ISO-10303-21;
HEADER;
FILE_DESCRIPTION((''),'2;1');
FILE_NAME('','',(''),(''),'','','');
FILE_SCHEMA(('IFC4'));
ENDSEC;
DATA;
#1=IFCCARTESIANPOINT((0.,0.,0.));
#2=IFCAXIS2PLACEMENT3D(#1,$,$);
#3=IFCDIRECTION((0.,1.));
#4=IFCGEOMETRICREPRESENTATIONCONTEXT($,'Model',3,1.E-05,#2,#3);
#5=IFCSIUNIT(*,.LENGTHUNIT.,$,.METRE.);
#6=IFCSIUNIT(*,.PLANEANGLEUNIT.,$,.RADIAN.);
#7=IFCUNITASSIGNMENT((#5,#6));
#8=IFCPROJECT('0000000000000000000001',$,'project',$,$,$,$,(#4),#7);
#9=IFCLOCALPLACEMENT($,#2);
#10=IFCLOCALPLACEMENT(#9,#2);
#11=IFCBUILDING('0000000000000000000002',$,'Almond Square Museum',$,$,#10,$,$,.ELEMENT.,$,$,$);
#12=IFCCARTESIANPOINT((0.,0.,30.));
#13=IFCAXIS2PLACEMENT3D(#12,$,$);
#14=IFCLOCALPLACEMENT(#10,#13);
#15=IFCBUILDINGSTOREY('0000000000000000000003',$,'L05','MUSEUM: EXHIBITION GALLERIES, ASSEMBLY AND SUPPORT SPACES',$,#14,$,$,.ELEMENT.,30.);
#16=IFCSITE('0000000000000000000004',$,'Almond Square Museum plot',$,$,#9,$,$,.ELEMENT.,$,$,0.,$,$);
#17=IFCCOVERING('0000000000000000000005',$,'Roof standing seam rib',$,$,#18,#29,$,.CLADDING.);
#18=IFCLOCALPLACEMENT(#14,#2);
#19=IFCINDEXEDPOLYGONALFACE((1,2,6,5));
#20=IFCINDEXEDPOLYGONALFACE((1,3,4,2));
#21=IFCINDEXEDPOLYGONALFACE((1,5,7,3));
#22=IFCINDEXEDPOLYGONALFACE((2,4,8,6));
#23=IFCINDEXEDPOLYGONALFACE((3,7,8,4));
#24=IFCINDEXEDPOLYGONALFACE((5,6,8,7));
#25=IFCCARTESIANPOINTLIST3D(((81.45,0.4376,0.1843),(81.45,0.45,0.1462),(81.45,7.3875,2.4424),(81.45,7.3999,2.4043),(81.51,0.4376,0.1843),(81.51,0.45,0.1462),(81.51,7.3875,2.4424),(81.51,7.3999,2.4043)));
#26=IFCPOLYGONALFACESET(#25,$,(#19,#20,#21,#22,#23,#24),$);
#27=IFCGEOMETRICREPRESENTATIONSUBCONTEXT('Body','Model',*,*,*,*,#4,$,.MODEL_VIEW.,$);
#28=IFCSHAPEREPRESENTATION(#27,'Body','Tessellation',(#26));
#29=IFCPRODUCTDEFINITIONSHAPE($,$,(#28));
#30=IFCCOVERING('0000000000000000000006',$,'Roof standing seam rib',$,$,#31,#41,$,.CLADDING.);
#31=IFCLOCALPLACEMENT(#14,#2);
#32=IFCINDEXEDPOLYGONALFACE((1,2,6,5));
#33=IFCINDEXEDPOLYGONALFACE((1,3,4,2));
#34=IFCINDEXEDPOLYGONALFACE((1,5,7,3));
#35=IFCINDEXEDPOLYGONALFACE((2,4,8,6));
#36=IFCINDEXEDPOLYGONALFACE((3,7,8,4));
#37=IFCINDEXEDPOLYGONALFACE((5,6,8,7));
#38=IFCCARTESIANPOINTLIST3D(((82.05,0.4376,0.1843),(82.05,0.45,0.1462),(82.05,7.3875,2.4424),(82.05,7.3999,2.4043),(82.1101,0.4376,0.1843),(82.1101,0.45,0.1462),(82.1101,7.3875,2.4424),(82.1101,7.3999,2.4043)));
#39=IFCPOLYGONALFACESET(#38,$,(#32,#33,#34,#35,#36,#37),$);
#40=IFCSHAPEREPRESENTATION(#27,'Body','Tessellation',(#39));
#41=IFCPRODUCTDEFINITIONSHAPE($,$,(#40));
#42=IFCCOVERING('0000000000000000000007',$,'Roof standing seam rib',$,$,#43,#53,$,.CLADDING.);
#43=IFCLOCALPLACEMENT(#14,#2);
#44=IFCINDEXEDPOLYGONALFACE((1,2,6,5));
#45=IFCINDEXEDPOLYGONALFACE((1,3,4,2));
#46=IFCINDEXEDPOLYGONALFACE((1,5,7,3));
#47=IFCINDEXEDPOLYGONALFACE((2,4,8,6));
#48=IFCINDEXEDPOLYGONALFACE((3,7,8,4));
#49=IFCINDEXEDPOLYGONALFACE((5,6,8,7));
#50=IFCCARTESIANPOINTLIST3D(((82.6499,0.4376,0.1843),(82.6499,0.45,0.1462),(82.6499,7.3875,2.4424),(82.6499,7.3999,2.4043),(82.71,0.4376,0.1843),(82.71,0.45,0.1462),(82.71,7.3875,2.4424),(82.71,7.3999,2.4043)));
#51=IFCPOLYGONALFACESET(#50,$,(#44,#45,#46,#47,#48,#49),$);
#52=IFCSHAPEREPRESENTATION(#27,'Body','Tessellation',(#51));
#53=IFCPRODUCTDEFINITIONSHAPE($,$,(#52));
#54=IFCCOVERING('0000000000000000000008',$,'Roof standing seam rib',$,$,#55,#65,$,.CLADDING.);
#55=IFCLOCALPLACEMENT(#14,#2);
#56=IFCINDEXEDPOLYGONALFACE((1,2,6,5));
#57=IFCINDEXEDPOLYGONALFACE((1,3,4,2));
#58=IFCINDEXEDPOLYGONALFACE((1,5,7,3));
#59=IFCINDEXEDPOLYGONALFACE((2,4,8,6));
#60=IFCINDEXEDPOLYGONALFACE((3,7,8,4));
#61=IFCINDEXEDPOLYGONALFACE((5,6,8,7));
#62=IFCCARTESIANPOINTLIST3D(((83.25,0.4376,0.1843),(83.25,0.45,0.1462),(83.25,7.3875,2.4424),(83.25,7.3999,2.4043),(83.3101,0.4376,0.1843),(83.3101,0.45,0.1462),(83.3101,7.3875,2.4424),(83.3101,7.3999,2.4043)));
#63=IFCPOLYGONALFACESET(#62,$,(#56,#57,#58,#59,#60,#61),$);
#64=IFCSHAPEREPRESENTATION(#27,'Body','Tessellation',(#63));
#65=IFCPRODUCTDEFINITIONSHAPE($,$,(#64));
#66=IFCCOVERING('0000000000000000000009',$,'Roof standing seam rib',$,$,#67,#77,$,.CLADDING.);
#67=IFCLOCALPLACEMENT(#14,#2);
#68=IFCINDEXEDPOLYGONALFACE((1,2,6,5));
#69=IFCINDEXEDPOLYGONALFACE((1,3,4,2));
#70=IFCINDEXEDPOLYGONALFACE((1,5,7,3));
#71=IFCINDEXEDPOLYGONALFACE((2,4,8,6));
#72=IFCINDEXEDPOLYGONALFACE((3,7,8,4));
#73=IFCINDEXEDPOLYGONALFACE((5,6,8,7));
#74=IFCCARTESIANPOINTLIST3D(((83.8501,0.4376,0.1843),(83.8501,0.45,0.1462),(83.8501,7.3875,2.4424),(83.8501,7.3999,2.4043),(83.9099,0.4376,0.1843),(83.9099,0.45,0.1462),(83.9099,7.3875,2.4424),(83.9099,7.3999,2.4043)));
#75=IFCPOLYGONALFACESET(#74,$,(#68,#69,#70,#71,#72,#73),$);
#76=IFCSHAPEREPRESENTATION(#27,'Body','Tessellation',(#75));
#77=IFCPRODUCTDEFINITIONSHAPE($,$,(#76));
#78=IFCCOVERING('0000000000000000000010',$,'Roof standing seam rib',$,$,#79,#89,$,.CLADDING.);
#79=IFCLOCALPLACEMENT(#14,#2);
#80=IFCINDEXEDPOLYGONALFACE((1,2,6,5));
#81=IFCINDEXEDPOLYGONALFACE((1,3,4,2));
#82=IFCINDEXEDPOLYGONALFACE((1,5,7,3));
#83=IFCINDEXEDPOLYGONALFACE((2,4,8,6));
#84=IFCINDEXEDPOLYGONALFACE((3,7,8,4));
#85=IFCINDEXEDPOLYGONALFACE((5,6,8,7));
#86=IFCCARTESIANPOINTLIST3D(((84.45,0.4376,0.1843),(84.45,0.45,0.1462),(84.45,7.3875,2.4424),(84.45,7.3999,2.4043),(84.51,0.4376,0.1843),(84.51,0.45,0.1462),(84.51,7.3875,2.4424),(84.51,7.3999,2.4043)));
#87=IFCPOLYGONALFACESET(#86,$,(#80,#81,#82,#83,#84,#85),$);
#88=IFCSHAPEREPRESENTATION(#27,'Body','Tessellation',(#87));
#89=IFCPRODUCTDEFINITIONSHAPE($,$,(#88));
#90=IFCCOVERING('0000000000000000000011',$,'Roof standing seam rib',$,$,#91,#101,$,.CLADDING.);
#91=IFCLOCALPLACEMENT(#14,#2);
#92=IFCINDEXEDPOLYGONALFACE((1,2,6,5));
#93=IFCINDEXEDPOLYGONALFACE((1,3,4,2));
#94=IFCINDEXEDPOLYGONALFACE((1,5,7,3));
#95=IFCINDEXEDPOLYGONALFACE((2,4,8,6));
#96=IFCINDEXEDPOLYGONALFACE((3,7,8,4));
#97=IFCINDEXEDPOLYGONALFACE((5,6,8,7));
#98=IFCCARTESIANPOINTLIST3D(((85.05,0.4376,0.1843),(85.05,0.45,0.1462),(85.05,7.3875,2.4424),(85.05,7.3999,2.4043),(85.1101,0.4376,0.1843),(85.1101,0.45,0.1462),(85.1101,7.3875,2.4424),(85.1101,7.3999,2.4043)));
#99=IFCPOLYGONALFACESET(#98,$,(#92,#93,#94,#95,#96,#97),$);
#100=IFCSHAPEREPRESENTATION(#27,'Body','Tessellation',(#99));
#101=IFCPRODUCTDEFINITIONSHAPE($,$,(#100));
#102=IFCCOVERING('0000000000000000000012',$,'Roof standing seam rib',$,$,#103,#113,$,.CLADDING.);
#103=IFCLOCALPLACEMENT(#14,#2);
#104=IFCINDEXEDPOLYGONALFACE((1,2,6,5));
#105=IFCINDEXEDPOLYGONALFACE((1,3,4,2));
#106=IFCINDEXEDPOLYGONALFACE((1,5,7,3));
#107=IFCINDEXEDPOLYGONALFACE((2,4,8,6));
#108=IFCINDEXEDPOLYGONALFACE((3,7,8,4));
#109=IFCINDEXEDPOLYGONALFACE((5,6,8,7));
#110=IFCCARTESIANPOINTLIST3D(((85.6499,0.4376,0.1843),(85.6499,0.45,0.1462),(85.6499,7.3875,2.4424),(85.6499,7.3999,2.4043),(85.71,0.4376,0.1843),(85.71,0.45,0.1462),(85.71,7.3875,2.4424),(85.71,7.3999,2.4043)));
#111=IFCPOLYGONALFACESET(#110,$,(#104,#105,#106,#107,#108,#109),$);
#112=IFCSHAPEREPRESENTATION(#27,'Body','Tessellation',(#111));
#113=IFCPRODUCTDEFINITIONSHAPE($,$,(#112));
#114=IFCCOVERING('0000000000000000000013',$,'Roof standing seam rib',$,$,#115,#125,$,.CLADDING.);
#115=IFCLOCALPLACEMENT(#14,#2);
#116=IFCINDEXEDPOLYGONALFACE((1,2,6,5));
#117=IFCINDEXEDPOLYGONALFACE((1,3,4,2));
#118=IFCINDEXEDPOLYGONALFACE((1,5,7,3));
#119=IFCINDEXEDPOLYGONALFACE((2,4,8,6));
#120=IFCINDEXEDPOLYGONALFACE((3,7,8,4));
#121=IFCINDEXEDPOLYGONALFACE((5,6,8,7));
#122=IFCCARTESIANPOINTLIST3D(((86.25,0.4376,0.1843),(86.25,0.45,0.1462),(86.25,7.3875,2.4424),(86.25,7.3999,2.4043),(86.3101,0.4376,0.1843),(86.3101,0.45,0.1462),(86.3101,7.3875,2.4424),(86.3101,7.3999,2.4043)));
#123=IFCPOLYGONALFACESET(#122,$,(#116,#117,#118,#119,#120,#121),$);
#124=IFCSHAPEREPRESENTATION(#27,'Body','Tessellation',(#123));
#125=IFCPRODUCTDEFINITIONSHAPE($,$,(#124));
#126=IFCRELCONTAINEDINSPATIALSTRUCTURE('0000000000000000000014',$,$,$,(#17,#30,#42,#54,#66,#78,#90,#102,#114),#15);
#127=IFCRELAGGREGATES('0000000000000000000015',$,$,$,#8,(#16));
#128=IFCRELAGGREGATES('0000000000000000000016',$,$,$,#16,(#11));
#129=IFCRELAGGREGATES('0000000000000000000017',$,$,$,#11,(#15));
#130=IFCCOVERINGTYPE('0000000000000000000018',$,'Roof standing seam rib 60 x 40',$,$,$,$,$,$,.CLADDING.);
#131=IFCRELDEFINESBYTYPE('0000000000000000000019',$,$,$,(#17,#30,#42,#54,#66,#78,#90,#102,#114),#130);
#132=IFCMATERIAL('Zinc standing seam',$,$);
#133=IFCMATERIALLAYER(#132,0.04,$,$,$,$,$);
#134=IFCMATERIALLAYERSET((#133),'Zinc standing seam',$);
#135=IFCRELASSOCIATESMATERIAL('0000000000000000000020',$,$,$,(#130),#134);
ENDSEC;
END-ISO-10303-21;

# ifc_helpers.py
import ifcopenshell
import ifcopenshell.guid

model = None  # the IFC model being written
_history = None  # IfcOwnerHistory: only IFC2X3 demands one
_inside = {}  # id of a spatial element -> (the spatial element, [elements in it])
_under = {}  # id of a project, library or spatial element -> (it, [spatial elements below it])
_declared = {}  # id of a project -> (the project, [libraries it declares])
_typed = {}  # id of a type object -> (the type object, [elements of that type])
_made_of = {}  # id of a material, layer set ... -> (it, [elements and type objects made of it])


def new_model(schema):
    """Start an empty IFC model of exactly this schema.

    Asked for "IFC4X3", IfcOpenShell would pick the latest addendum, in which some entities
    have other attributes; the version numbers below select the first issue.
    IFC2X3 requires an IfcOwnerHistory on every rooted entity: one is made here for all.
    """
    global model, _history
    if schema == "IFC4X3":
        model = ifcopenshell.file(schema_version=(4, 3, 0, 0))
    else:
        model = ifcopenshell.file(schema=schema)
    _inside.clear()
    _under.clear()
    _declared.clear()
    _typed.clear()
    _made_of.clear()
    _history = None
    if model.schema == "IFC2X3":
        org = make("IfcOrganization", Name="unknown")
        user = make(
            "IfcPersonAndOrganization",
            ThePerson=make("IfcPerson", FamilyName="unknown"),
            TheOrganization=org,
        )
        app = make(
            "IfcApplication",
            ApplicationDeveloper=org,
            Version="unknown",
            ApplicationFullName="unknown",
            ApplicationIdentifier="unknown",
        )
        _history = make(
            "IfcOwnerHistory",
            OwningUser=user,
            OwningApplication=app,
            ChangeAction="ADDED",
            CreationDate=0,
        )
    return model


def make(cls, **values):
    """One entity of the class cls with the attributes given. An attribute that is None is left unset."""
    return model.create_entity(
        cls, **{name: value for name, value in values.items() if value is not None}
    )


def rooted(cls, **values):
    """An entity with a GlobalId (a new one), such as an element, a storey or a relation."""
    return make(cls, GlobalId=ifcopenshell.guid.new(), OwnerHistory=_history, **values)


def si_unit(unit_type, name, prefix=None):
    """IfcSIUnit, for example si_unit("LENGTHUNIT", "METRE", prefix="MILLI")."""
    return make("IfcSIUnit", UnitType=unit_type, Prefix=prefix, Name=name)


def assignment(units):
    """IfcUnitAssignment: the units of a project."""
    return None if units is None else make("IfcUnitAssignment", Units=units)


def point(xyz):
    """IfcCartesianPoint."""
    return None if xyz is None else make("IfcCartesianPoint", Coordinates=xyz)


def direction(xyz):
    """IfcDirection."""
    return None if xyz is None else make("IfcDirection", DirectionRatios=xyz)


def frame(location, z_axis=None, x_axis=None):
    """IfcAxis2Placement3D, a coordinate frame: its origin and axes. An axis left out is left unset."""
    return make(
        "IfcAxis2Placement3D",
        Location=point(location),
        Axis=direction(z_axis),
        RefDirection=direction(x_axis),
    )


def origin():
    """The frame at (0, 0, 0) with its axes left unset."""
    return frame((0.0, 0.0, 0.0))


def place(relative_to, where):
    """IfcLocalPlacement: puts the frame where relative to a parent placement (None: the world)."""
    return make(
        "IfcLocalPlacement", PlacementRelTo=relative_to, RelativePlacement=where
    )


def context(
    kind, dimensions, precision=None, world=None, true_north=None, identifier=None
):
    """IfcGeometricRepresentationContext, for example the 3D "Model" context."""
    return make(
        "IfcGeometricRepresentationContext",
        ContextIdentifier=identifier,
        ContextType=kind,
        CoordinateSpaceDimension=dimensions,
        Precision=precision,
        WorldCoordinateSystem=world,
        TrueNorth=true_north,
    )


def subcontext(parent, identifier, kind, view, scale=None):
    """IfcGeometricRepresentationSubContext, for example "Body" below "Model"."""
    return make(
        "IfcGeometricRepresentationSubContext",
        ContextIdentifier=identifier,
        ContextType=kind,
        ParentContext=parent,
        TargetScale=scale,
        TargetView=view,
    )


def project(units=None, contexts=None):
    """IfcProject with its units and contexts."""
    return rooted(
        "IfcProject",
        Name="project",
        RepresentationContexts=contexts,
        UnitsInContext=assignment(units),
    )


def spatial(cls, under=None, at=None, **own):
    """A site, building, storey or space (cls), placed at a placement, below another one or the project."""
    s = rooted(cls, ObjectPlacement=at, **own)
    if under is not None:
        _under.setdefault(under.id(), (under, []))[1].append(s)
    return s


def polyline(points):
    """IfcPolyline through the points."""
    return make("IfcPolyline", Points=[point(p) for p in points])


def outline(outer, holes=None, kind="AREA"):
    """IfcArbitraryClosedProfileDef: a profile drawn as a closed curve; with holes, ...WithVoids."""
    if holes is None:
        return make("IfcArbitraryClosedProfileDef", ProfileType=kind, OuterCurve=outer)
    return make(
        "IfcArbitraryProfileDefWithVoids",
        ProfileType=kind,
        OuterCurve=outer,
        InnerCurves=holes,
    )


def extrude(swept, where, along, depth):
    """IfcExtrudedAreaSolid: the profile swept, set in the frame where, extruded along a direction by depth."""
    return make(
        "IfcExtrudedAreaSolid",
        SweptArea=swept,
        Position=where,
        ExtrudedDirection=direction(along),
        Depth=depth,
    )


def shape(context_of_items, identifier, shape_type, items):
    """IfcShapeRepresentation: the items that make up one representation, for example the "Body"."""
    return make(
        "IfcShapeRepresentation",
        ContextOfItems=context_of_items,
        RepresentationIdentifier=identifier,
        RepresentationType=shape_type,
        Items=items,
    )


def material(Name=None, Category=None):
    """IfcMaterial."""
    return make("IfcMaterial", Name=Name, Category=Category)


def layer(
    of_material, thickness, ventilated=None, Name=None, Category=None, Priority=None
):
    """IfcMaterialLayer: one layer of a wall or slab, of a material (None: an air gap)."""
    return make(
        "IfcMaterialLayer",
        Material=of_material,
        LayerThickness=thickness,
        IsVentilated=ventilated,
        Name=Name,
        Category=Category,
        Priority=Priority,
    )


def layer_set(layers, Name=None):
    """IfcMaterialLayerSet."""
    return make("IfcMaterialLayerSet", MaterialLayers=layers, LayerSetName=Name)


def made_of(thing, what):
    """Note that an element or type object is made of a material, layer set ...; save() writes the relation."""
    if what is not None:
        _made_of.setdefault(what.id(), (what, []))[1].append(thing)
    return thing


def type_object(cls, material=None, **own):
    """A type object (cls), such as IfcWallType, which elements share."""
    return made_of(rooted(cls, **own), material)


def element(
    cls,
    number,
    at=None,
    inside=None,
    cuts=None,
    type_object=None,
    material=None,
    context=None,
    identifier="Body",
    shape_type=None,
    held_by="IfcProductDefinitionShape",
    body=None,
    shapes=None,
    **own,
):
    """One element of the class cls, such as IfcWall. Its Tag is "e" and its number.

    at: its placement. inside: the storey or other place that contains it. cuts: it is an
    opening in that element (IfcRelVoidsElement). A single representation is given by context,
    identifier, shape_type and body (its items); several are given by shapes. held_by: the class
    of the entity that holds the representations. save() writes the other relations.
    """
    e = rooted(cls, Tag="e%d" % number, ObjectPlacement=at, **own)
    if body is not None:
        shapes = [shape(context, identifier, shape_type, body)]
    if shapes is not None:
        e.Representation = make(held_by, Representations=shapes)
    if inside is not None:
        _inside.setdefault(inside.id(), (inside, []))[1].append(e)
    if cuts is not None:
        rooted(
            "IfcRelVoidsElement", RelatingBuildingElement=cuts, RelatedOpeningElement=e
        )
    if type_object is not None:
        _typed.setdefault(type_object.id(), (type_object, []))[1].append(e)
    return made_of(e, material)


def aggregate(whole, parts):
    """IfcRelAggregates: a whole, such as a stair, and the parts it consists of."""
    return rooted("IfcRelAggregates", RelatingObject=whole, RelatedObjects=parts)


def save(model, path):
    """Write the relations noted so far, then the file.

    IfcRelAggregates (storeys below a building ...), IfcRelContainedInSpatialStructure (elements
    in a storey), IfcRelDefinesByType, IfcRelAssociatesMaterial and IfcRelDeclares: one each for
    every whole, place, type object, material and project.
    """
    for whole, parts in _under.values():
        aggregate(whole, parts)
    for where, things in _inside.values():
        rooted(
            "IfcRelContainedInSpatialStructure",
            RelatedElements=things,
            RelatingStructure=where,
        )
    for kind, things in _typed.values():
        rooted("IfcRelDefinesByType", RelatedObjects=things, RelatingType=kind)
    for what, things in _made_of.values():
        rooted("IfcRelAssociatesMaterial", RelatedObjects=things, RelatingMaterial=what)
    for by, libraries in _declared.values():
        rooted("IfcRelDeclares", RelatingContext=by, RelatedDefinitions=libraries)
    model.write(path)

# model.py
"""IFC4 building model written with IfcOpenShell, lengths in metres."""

from ifc_helpers import new_model, si_unit, direction, frame, origin, place, context, subcontext, project, spatial, polyline, outline, extrude, material, layer, layer_set, type_object, element, save


model = new_model("IFC4")

# Units and contexts
model_context = context("Model", 3, precision=1e-05, world=origin(), true_north=direction((0.0, 1.0)))
body_context = subcontext(model_context, "Body", "Model", "MODEL_VIEW")
ifc_project = project(units=[si_unit("LENGTHUNIT", "METRE"), si_unit("PLANEANGLEUNIT", "RADIAN")], contexts=[model_context])

# Site, building, storey
site_placement = place(None, origin())
site = spatial("IfcSite", under=ifc_project, at=site_placement, Name="Almond Square Museum plot", CompositionType="ELEMENT", RefElevation=0.0)
building_placement = place(site_placement, origin())
building = spatial("IfcBuilding", under=site, at=building_placement, Name="Almond Square Museum", CompositionType="ELEMENT")
storey_placement = place(building_placement, frame((0.0, 0.0, 30.0)))
storey = spatial("IfcBuildingStorey", under=building, at=storey_placement, Name="L05", Description="MUSEUM: EXHIBITION GALLERIES, ASSEMBLY AND SUPPORT SPACES", CompositionType="ELEMENT", Elevation=30.0)

# Coverings
ifc_material_1 = material(Name="Zinc standing seam")
ifc_layer_1 = layer(ifc_material_1, 0.04)
ifc_layer_set_1 = layer_set([ifc_layer_1], Name="Zinc standing seam")
covering_type = type_object("IfcCoveringType", Name="Roof standing seam rib 60 x 40", PredefinedType="CLADDING", material=ifc_layer_set_1)
for number, where, z_axis, x_axis, name in (
    (1, (81.45, 0.45, 0.1462), (0.0, -0.309002, 0.951061), (1.0, 0.0, 0.0), "Roof standing seam rib"),
    (2, (82.05, 0.45, 0.1462), (0.0, -0.309002, 0.951061), (1.0, 0.0, 0.0), "Roof standing seam rib"),
    (3, (82.6499, 0.45, 0.1462), (0.0, -0.309002, 0.951061), (1.0, 0.0, 0.0), "Roof standing seam rib"),
    (4, (83.25, 0.45, 0.1462), (0.0, -0.309002, 0.951061), (1.0, 0.0, 0.0), "Roof standing seam rib"),
):
    element("IfcCovering", number, at=place(storey_placement, frame(where, z_axis=z_axis, x_axis=x_axis)), inside=storey, type_object=covering_type, Name=name, PredefinedType="CLADDING", context=body_context, shape_type="SweptSolid", body=[
        extrude(outline(polyline([(0.0, 0.0), (0.0601, 0.0), (0.0601, 7.3076), (0.0, 7.3076), (0.0, 0.0)])), origin(), (0.0, 0.0, 1.0), 0.04),
    ])
covering_1_placement = place(storey_placement, frame((83.8501, 0.45, 0.1462), z_axis=(0.0, -0.309002, 0.951061), x_axis=(1.0, 0.0, 0.0)))
element("IfcCovering", 5, at=covering_1_placement, inside=storey, type_object=covering_type, Name="Roof standing seam rib", PredefinedType="CLADDING", context=body_context, shape_type="SweptSolid", body=[
    extrude(outline(polyline([(0.0, 0.0), (0.0598, 0.0), (0.0598, 7.3076), (0.0, 7.3076), (0.0, 0.0)])), origin(), (0.0, 0.0, 1.0), 0.04),
])
for number, where, z_axis, x_axis, name in (
    (6, (84.45, 0.45, 0.1462), (0.0, -0.309002, 0.951061), (1.0, 0.0, 0.0), "Roof standing seam rib"),
    (7, (85.05, 0.45, 0.1462), (0.0, -0.309002, 0.951061), (1.0, 0.0, 0.0), "Roof standing seam rib"),
    (8, (85.6499, 0.45, 0.1462), (0.0, -0.309002, 0.951061), (1.0, 0.0, 0.0), "Roof standing seam rib"),
    (9, (86.25, 0.45, 0.1462), (0.0, -0.309002, 0.951061), (1.0, 0.0, 0.0), "Roof standing seam rib"),
):
    element("IfcCovering", number, at=place(storey_placement, frame(where, z_axis=z_axis, x_axis=x_axis)), inside=storey, type_object=covering_type, Name=name, PredefinedType="CLADDING", context=body_context, shape_type="SweptSolid", body=[
        extrude(outline(polyline([(0.0, 0.0), (0.0601, 0.0), (0.0601, 7.3076), (0.0, 7.3076), (0.0, 0.0)])), origin(), (0.0, 0.0, 1.0), 0.04),
    ])

save(model, "model.ifc")
